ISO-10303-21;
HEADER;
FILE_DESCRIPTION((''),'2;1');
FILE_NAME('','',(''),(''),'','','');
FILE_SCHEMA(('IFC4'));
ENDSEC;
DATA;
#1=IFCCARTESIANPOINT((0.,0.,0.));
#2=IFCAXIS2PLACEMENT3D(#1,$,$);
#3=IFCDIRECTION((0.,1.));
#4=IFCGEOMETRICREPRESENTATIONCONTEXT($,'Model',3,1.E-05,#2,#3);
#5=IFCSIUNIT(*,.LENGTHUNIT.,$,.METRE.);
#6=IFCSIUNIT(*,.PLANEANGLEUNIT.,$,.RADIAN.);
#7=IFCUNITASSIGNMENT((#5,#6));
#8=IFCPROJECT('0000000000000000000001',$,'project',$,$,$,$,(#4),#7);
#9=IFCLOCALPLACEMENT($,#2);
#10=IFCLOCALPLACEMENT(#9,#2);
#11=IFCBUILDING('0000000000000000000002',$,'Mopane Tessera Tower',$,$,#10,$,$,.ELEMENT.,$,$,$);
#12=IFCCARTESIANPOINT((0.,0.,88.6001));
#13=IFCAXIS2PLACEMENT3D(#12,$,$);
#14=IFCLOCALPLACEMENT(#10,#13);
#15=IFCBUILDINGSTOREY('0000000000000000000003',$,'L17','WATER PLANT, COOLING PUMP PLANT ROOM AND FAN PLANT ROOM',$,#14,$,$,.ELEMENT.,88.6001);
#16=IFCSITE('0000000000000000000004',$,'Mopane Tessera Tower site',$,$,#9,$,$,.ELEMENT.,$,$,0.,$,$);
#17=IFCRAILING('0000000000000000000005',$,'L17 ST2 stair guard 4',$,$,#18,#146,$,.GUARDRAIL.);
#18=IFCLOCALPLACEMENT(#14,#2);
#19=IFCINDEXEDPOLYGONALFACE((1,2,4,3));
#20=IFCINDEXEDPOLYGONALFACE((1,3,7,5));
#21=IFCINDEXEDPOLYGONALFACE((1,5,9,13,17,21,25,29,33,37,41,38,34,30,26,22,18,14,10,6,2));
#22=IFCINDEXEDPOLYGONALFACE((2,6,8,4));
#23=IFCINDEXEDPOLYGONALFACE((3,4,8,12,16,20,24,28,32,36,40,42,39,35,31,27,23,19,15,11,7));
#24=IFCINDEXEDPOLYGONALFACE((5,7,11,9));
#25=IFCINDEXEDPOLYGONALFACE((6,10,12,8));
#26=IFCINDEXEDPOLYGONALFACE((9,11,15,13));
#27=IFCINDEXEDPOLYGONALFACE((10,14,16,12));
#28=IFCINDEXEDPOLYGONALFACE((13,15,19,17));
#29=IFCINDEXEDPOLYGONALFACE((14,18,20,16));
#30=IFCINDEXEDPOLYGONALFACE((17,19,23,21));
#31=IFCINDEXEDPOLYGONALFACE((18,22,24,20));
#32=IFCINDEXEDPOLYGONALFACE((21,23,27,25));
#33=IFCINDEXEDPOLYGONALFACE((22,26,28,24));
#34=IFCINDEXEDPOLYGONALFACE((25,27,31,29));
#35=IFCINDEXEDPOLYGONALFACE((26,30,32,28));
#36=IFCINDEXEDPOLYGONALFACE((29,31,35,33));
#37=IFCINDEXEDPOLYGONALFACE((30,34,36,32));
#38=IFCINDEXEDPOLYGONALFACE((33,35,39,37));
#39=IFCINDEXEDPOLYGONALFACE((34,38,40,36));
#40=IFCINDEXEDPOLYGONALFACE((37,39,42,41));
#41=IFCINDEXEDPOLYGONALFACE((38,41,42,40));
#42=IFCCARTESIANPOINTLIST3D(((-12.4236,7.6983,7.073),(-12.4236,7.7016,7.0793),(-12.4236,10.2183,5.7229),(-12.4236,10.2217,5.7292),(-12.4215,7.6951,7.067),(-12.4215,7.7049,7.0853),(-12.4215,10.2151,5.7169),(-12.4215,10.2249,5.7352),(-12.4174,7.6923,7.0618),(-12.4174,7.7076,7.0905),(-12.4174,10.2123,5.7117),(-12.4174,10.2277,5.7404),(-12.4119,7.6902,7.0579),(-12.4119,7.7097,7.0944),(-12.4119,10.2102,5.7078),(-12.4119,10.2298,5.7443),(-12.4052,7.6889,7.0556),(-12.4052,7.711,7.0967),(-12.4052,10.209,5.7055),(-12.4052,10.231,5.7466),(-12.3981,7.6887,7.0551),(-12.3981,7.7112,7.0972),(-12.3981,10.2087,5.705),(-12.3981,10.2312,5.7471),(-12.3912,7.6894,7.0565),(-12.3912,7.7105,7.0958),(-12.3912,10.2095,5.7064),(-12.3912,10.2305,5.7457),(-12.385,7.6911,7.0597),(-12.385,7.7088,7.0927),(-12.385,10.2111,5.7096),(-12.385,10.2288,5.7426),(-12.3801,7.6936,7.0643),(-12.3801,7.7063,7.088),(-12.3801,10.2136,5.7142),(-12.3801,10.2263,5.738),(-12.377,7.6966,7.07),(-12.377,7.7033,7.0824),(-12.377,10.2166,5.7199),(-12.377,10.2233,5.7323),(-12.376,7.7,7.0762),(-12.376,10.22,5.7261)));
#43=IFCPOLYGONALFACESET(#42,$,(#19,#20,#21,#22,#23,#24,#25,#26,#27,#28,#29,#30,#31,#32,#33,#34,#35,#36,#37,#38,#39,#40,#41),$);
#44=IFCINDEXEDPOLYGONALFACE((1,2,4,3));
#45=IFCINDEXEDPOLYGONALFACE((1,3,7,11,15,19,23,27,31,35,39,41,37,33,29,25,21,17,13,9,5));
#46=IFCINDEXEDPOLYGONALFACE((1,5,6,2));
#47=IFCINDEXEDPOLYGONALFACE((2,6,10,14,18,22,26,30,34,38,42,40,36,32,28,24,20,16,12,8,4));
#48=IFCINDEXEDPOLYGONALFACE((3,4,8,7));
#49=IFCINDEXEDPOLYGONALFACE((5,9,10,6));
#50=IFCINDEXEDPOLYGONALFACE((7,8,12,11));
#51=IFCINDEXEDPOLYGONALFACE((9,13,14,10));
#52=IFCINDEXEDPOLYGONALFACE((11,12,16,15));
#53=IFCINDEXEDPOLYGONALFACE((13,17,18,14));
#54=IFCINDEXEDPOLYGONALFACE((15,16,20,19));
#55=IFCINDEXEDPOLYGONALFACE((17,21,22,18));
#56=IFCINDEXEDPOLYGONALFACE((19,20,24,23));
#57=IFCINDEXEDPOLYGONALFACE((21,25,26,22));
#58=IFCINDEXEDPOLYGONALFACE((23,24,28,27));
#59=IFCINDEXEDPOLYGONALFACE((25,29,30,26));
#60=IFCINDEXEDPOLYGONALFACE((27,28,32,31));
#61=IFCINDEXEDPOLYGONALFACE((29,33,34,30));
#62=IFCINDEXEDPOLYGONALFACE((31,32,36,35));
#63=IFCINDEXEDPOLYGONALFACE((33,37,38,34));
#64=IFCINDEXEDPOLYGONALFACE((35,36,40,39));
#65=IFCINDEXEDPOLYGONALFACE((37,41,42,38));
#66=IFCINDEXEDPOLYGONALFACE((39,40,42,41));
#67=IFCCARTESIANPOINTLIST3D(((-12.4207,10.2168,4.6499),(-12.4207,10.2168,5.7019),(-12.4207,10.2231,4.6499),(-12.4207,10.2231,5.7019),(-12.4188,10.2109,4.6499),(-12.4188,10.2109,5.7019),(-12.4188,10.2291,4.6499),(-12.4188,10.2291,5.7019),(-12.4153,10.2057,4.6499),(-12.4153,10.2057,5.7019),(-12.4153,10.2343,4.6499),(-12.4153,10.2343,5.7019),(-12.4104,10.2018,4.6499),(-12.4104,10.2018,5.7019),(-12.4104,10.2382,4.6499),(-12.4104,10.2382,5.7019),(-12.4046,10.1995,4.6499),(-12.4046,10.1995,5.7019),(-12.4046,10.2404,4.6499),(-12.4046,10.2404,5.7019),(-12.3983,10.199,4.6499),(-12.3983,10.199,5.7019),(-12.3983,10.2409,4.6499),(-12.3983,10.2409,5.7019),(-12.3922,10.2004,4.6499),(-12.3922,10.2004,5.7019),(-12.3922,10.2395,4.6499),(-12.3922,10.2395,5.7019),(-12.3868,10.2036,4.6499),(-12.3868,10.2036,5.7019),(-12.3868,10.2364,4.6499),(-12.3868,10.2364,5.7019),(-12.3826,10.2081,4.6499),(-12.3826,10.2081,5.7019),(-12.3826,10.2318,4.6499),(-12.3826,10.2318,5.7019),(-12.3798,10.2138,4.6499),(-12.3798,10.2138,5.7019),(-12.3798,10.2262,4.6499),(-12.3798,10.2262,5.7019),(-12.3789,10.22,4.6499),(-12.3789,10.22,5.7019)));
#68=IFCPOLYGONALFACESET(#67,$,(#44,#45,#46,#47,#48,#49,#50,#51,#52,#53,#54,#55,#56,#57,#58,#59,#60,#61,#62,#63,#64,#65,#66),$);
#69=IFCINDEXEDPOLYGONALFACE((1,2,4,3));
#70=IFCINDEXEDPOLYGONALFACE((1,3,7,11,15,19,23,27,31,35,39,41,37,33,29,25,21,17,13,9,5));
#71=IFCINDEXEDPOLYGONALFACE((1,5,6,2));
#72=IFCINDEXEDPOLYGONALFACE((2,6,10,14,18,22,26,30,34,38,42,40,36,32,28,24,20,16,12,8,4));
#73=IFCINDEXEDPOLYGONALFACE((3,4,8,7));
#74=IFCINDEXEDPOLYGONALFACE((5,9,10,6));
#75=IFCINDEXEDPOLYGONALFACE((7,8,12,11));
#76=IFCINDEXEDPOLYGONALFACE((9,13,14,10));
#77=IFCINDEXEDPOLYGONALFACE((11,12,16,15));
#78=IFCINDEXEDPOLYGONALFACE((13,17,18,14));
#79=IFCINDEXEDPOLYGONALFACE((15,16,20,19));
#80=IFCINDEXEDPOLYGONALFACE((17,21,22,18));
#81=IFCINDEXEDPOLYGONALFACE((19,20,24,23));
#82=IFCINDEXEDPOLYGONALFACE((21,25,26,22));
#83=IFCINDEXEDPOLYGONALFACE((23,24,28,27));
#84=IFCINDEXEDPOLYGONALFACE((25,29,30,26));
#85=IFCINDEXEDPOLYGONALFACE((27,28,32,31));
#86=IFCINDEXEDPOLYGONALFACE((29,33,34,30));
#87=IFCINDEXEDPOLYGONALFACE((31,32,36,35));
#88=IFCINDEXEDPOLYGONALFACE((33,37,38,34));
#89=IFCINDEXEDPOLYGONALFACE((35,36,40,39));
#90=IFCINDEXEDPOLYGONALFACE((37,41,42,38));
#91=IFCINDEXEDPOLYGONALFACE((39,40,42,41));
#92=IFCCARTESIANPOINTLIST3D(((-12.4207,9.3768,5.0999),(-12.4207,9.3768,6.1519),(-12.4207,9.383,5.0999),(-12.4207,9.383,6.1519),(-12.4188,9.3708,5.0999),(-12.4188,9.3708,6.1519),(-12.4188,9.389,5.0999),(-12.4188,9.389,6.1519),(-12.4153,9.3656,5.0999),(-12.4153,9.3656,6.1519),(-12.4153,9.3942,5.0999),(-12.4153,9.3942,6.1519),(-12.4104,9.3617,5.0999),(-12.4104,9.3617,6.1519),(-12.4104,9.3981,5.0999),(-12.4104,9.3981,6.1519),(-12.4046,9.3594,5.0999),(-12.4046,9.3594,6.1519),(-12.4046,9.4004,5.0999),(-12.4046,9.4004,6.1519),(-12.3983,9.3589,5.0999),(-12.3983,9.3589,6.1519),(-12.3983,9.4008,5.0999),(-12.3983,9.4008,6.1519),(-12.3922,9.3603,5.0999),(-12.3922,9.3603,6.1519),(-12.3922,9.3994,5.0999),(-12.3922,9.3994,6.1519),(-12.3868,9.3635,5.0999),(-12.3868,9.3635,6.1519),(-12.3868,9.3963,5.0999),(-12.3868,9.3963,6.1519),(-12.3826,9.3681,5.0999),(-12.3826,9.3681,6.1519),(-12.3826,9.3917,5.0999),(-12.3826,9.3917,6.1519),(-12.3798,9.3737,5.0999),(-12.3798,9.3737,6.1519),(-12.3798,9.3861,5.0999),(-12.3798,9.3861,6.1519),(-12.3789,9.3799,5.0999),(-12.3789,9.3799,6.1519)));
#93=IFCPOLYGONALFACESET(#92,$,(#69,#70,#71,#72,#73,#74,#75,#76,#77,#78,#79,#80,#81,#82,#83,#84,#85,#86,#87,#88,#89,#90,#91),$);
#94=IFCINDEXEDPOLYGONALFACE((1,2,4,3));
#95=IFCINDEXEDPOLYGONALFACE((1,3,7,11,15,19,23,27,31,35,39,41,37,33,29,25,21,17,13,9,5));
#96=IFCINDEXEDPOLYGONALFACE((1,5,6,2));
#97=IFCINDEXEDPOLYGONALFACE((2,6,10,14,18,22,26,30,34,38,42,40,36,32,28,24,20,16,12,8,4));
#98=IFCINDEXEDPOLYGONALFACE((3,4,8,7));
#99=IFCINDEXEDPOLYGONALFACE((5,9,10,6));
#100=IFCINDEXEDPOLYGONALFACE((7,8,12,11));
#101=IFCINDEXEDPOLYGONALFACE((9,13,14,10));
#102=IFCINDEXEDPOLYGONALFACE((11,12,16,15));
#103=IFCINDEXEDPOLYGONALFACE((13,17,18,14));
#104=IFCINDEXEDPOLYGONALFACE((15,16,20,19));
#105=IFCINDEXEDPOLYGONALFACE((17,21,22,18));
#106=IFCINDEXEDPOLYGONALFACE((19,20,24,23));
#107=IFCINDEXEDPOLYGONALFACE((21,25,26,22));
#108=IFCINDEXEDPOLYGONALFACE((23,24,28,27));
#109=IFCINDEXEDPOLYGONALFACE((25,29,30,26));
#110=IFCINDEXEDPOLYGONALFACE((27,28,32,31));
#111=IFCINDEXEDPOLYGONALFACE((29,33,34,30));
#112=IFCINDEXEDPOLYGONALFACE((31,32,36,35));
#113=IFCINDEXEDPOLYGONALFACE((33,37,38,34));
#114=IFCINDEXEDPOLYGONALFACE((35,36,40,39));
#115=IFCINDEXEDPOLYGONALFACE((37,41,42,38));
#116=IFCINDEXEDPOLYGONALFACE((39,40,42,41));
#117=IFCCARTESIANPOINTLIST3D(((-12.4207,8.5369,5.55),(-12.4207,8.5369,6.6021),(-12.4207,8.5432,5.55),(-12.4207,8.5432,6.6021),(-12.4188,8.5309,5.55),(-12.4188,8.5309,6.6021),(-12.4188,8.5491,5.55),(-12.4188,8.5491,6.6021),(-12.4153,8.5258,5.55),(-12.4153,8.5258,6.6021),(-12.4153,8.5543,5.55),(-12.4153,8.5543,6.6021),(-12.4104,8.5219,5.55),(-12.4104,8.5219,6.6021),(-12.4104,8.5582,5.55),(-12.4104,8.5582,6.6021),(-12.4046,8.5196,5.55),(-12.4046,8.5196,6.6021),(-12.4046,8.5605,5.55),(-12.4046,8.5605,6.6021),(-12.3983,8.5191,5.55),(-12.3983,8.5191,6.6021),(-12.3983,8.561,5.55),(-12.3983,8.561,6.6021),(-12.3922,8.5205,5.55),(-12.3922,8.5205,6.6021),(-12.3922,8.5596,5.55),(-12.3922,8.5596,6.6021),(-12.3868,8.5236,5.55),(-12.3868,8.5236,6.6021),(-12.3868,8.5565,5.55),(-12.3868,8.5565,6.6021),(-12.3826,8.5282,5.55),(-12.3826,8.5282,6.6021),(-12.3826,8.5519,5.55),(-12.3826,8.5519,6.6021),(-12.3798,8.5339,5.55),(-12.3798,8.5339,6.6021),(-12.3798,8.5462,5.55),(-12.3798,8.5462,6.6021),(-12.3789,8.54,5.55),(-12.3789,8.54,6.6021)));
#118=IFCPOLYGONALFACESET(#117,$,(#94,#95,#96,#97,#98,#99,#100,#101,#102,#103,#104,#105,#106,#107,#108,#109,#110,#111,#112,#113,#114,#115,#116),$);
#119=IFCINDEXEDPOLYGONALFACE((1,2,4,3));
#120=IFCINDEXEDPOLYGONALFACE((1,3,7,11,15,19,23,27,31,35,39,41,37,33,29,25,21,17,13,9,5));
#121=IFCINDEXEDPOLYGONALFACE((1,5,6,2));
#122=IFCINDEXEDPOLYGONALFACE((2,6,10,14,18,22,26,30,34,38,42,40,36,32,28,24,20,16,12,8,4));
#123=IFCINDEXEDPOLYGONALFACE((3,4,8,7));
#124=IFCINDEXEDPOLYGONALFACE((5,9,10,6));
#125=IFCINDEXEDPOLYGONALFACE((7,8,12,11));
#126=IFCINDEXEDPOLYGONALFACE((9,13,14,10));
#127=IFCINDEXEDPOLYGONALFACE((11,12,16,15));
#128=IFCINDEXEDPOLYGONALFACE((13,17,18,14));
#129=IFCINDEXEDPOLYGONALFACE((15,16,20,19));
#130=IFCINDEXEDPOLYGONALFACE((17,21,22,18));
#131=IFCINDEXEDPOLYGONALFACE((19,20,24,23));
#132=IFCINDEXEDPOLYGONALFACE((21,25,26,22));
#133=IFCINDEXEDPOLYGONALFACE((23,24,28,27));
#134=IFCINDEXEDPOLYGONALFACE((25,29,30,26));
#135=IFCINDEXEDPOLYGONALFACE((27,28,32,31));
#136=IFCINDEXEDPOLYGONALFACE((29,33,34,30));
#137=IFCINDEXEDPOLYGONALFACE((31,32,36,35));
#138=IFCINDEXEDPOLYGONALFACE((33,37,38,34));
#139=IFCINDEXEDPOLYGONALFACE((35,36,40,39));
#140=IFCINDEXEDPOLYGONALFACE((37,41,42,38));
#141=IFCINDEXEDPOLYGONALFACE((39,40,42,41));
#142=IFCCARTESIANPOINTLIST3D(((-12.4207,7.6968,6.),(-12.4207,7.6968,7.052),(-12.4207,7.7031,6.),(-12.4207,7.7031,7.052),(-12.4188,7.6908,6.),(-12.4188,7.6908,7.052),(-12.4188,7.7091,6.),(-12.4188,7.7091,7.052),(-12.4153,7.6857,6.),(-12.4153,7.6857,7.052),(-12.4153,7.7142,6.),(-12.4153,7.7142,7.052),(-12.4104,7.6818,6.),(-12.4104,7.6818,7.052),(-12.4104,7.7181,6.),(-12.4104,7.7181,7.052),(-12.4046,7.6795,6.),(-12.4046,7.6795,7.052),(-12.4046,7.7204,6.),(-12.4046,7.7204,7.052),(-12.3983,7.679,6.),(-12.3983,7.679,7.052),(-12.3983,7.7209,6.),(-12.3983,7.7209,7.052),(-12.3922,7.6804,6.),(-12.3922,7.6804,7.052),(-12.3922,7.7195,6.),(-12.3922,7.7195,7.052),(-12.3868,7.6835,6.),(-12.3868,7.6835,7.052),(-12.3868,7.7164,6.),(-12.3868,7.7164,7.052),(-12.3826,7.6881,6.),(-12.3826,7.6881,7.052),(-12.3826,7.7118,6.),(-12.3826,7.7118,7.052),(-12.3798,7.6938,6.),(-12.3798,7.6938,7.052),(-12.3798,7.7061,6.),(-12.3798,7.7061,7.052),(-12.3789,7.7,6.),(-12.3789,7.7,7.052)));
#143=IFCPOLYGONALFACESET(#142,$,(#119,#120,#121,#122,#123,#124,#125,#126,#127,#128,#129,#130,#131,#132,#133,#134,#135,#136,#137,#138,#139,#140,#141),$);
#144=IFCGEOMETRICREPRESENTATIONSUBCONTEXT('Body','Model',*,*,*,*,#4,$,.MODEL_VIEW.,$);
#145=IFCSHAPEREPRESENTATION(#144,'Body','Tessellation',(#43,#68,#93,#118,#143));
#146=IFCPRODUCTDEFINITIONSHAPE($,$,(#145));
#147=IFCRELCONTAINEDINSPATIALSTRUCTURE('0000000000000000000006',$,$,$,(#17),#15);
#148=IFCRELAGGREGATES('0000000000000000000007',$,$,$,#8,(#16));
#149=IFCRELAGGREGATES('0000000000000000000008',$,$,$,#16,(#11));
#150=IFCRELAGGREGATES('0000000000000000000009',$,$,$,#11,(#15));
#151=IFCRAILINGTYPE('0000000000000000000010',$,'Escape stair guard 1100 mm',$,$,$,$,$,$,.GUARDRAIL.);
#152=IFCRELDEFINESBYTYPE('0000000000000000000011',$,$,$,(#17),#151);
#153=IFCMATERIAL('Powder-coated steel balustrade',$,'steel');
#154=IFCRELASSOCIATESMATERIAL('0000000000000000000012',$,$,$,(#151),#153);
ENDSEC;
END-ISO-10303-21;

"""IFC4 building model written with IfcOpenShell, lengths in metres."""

from ifc_helpers import new_model, si_unit, direction, frame, origin, origin_2d, place, context, subcontext, project, spatial, circle, extrude, material, type_object, element, save


model = new_model("IFC4")

# Units and contexts
model_context = context("Model", 3, precision=1e-05, world=origin(), true_north=direction((0.0, 1.0)))
body_context = subcontext(model_context, "Body", "Model", "MODEL_VIEW")
ifc_project = project(units=[si_unit("LENGTHUNIT", "METRE"), si_unit("PLANEANGLEUNIT", "RADIAN")], contexts=[model_context])

# Site, building, storey
site_placement = place(None, origin())
site = spatial("IfcSite", under=ifc_project, at=site_placement, Name="Mopane Tessera Tower site", CompositionType="ELEMENT", RefElevation=0.0)
building_placement = place(site_placement, origin())
building = spatial("IfcBuilding", under=site, at=building_placement, Name="Mopane Tessera Tower", CompositionType="ELEMENT")
storey_placement = place(building_placement, frame((0.0, 0.0, 88.6001)))
storey = spatial("IfcBuildingStorey", under=building, at=storey_placement, Name="L17", Description="WATER PLANT, COOLING PUMP PLANT ROOM AND FAN PLANT ROOM", CompositionType="ELEMENT", Elevation=88.6001)

# Railing
ifc_material_1 = material(Name="Powder-coated steel balustrade", Category="steel")
railing_type_1 = type_object("IfcRailingType", Name="Escape stair guard 1100 mm", PredefinedType="GUARDRAIL", material=ifc_material_1)
railing_1_placement = place(storey_placement, frame((-12.3999, 10.22, 4.6499)))
element("IfcRailing", 1, at=railing_1_placement, inside=storey, type_object=railing_type_1, Name="L17 ST2 stair guard 4", PredefinedType="GUARDRAIL", context=body_context, shape_type="SweptSolid", body=[
    extrude(circle(Radius=0.0239, at=origin_2d()), frame((0.0, 0.0, 1.0762), z_axis=(0.0, -0.881467, 0.472245), x_axis=(1.0, 0.0, 0.0)), (0.0, 0.0, 1.0), 2.8589),
    extrude(circle(Radius=0.021, at=origin_2d()), origin(), (0.0, 0.0, 1.0), 1.052),
    extrude(circle(Radius=0.021, at=origin_2d()), frame((0.0, -0.8401, 0.45)), (0.0, 0.0, 1.0), 1.052),
    extrude(circle(Radius=0.021, at=origin_2d()), frame((0.0, -1.6799, 0.9001)), (0.0, 0.0, 1.0), 1.052),
    extrude(circle(Radius=0.021, at=origin_2d()), frame((0.0, -2.52, 1.3501)), (0.0, 0.0, 1.0), 1.052),
])

save(model, "model.ifc")
